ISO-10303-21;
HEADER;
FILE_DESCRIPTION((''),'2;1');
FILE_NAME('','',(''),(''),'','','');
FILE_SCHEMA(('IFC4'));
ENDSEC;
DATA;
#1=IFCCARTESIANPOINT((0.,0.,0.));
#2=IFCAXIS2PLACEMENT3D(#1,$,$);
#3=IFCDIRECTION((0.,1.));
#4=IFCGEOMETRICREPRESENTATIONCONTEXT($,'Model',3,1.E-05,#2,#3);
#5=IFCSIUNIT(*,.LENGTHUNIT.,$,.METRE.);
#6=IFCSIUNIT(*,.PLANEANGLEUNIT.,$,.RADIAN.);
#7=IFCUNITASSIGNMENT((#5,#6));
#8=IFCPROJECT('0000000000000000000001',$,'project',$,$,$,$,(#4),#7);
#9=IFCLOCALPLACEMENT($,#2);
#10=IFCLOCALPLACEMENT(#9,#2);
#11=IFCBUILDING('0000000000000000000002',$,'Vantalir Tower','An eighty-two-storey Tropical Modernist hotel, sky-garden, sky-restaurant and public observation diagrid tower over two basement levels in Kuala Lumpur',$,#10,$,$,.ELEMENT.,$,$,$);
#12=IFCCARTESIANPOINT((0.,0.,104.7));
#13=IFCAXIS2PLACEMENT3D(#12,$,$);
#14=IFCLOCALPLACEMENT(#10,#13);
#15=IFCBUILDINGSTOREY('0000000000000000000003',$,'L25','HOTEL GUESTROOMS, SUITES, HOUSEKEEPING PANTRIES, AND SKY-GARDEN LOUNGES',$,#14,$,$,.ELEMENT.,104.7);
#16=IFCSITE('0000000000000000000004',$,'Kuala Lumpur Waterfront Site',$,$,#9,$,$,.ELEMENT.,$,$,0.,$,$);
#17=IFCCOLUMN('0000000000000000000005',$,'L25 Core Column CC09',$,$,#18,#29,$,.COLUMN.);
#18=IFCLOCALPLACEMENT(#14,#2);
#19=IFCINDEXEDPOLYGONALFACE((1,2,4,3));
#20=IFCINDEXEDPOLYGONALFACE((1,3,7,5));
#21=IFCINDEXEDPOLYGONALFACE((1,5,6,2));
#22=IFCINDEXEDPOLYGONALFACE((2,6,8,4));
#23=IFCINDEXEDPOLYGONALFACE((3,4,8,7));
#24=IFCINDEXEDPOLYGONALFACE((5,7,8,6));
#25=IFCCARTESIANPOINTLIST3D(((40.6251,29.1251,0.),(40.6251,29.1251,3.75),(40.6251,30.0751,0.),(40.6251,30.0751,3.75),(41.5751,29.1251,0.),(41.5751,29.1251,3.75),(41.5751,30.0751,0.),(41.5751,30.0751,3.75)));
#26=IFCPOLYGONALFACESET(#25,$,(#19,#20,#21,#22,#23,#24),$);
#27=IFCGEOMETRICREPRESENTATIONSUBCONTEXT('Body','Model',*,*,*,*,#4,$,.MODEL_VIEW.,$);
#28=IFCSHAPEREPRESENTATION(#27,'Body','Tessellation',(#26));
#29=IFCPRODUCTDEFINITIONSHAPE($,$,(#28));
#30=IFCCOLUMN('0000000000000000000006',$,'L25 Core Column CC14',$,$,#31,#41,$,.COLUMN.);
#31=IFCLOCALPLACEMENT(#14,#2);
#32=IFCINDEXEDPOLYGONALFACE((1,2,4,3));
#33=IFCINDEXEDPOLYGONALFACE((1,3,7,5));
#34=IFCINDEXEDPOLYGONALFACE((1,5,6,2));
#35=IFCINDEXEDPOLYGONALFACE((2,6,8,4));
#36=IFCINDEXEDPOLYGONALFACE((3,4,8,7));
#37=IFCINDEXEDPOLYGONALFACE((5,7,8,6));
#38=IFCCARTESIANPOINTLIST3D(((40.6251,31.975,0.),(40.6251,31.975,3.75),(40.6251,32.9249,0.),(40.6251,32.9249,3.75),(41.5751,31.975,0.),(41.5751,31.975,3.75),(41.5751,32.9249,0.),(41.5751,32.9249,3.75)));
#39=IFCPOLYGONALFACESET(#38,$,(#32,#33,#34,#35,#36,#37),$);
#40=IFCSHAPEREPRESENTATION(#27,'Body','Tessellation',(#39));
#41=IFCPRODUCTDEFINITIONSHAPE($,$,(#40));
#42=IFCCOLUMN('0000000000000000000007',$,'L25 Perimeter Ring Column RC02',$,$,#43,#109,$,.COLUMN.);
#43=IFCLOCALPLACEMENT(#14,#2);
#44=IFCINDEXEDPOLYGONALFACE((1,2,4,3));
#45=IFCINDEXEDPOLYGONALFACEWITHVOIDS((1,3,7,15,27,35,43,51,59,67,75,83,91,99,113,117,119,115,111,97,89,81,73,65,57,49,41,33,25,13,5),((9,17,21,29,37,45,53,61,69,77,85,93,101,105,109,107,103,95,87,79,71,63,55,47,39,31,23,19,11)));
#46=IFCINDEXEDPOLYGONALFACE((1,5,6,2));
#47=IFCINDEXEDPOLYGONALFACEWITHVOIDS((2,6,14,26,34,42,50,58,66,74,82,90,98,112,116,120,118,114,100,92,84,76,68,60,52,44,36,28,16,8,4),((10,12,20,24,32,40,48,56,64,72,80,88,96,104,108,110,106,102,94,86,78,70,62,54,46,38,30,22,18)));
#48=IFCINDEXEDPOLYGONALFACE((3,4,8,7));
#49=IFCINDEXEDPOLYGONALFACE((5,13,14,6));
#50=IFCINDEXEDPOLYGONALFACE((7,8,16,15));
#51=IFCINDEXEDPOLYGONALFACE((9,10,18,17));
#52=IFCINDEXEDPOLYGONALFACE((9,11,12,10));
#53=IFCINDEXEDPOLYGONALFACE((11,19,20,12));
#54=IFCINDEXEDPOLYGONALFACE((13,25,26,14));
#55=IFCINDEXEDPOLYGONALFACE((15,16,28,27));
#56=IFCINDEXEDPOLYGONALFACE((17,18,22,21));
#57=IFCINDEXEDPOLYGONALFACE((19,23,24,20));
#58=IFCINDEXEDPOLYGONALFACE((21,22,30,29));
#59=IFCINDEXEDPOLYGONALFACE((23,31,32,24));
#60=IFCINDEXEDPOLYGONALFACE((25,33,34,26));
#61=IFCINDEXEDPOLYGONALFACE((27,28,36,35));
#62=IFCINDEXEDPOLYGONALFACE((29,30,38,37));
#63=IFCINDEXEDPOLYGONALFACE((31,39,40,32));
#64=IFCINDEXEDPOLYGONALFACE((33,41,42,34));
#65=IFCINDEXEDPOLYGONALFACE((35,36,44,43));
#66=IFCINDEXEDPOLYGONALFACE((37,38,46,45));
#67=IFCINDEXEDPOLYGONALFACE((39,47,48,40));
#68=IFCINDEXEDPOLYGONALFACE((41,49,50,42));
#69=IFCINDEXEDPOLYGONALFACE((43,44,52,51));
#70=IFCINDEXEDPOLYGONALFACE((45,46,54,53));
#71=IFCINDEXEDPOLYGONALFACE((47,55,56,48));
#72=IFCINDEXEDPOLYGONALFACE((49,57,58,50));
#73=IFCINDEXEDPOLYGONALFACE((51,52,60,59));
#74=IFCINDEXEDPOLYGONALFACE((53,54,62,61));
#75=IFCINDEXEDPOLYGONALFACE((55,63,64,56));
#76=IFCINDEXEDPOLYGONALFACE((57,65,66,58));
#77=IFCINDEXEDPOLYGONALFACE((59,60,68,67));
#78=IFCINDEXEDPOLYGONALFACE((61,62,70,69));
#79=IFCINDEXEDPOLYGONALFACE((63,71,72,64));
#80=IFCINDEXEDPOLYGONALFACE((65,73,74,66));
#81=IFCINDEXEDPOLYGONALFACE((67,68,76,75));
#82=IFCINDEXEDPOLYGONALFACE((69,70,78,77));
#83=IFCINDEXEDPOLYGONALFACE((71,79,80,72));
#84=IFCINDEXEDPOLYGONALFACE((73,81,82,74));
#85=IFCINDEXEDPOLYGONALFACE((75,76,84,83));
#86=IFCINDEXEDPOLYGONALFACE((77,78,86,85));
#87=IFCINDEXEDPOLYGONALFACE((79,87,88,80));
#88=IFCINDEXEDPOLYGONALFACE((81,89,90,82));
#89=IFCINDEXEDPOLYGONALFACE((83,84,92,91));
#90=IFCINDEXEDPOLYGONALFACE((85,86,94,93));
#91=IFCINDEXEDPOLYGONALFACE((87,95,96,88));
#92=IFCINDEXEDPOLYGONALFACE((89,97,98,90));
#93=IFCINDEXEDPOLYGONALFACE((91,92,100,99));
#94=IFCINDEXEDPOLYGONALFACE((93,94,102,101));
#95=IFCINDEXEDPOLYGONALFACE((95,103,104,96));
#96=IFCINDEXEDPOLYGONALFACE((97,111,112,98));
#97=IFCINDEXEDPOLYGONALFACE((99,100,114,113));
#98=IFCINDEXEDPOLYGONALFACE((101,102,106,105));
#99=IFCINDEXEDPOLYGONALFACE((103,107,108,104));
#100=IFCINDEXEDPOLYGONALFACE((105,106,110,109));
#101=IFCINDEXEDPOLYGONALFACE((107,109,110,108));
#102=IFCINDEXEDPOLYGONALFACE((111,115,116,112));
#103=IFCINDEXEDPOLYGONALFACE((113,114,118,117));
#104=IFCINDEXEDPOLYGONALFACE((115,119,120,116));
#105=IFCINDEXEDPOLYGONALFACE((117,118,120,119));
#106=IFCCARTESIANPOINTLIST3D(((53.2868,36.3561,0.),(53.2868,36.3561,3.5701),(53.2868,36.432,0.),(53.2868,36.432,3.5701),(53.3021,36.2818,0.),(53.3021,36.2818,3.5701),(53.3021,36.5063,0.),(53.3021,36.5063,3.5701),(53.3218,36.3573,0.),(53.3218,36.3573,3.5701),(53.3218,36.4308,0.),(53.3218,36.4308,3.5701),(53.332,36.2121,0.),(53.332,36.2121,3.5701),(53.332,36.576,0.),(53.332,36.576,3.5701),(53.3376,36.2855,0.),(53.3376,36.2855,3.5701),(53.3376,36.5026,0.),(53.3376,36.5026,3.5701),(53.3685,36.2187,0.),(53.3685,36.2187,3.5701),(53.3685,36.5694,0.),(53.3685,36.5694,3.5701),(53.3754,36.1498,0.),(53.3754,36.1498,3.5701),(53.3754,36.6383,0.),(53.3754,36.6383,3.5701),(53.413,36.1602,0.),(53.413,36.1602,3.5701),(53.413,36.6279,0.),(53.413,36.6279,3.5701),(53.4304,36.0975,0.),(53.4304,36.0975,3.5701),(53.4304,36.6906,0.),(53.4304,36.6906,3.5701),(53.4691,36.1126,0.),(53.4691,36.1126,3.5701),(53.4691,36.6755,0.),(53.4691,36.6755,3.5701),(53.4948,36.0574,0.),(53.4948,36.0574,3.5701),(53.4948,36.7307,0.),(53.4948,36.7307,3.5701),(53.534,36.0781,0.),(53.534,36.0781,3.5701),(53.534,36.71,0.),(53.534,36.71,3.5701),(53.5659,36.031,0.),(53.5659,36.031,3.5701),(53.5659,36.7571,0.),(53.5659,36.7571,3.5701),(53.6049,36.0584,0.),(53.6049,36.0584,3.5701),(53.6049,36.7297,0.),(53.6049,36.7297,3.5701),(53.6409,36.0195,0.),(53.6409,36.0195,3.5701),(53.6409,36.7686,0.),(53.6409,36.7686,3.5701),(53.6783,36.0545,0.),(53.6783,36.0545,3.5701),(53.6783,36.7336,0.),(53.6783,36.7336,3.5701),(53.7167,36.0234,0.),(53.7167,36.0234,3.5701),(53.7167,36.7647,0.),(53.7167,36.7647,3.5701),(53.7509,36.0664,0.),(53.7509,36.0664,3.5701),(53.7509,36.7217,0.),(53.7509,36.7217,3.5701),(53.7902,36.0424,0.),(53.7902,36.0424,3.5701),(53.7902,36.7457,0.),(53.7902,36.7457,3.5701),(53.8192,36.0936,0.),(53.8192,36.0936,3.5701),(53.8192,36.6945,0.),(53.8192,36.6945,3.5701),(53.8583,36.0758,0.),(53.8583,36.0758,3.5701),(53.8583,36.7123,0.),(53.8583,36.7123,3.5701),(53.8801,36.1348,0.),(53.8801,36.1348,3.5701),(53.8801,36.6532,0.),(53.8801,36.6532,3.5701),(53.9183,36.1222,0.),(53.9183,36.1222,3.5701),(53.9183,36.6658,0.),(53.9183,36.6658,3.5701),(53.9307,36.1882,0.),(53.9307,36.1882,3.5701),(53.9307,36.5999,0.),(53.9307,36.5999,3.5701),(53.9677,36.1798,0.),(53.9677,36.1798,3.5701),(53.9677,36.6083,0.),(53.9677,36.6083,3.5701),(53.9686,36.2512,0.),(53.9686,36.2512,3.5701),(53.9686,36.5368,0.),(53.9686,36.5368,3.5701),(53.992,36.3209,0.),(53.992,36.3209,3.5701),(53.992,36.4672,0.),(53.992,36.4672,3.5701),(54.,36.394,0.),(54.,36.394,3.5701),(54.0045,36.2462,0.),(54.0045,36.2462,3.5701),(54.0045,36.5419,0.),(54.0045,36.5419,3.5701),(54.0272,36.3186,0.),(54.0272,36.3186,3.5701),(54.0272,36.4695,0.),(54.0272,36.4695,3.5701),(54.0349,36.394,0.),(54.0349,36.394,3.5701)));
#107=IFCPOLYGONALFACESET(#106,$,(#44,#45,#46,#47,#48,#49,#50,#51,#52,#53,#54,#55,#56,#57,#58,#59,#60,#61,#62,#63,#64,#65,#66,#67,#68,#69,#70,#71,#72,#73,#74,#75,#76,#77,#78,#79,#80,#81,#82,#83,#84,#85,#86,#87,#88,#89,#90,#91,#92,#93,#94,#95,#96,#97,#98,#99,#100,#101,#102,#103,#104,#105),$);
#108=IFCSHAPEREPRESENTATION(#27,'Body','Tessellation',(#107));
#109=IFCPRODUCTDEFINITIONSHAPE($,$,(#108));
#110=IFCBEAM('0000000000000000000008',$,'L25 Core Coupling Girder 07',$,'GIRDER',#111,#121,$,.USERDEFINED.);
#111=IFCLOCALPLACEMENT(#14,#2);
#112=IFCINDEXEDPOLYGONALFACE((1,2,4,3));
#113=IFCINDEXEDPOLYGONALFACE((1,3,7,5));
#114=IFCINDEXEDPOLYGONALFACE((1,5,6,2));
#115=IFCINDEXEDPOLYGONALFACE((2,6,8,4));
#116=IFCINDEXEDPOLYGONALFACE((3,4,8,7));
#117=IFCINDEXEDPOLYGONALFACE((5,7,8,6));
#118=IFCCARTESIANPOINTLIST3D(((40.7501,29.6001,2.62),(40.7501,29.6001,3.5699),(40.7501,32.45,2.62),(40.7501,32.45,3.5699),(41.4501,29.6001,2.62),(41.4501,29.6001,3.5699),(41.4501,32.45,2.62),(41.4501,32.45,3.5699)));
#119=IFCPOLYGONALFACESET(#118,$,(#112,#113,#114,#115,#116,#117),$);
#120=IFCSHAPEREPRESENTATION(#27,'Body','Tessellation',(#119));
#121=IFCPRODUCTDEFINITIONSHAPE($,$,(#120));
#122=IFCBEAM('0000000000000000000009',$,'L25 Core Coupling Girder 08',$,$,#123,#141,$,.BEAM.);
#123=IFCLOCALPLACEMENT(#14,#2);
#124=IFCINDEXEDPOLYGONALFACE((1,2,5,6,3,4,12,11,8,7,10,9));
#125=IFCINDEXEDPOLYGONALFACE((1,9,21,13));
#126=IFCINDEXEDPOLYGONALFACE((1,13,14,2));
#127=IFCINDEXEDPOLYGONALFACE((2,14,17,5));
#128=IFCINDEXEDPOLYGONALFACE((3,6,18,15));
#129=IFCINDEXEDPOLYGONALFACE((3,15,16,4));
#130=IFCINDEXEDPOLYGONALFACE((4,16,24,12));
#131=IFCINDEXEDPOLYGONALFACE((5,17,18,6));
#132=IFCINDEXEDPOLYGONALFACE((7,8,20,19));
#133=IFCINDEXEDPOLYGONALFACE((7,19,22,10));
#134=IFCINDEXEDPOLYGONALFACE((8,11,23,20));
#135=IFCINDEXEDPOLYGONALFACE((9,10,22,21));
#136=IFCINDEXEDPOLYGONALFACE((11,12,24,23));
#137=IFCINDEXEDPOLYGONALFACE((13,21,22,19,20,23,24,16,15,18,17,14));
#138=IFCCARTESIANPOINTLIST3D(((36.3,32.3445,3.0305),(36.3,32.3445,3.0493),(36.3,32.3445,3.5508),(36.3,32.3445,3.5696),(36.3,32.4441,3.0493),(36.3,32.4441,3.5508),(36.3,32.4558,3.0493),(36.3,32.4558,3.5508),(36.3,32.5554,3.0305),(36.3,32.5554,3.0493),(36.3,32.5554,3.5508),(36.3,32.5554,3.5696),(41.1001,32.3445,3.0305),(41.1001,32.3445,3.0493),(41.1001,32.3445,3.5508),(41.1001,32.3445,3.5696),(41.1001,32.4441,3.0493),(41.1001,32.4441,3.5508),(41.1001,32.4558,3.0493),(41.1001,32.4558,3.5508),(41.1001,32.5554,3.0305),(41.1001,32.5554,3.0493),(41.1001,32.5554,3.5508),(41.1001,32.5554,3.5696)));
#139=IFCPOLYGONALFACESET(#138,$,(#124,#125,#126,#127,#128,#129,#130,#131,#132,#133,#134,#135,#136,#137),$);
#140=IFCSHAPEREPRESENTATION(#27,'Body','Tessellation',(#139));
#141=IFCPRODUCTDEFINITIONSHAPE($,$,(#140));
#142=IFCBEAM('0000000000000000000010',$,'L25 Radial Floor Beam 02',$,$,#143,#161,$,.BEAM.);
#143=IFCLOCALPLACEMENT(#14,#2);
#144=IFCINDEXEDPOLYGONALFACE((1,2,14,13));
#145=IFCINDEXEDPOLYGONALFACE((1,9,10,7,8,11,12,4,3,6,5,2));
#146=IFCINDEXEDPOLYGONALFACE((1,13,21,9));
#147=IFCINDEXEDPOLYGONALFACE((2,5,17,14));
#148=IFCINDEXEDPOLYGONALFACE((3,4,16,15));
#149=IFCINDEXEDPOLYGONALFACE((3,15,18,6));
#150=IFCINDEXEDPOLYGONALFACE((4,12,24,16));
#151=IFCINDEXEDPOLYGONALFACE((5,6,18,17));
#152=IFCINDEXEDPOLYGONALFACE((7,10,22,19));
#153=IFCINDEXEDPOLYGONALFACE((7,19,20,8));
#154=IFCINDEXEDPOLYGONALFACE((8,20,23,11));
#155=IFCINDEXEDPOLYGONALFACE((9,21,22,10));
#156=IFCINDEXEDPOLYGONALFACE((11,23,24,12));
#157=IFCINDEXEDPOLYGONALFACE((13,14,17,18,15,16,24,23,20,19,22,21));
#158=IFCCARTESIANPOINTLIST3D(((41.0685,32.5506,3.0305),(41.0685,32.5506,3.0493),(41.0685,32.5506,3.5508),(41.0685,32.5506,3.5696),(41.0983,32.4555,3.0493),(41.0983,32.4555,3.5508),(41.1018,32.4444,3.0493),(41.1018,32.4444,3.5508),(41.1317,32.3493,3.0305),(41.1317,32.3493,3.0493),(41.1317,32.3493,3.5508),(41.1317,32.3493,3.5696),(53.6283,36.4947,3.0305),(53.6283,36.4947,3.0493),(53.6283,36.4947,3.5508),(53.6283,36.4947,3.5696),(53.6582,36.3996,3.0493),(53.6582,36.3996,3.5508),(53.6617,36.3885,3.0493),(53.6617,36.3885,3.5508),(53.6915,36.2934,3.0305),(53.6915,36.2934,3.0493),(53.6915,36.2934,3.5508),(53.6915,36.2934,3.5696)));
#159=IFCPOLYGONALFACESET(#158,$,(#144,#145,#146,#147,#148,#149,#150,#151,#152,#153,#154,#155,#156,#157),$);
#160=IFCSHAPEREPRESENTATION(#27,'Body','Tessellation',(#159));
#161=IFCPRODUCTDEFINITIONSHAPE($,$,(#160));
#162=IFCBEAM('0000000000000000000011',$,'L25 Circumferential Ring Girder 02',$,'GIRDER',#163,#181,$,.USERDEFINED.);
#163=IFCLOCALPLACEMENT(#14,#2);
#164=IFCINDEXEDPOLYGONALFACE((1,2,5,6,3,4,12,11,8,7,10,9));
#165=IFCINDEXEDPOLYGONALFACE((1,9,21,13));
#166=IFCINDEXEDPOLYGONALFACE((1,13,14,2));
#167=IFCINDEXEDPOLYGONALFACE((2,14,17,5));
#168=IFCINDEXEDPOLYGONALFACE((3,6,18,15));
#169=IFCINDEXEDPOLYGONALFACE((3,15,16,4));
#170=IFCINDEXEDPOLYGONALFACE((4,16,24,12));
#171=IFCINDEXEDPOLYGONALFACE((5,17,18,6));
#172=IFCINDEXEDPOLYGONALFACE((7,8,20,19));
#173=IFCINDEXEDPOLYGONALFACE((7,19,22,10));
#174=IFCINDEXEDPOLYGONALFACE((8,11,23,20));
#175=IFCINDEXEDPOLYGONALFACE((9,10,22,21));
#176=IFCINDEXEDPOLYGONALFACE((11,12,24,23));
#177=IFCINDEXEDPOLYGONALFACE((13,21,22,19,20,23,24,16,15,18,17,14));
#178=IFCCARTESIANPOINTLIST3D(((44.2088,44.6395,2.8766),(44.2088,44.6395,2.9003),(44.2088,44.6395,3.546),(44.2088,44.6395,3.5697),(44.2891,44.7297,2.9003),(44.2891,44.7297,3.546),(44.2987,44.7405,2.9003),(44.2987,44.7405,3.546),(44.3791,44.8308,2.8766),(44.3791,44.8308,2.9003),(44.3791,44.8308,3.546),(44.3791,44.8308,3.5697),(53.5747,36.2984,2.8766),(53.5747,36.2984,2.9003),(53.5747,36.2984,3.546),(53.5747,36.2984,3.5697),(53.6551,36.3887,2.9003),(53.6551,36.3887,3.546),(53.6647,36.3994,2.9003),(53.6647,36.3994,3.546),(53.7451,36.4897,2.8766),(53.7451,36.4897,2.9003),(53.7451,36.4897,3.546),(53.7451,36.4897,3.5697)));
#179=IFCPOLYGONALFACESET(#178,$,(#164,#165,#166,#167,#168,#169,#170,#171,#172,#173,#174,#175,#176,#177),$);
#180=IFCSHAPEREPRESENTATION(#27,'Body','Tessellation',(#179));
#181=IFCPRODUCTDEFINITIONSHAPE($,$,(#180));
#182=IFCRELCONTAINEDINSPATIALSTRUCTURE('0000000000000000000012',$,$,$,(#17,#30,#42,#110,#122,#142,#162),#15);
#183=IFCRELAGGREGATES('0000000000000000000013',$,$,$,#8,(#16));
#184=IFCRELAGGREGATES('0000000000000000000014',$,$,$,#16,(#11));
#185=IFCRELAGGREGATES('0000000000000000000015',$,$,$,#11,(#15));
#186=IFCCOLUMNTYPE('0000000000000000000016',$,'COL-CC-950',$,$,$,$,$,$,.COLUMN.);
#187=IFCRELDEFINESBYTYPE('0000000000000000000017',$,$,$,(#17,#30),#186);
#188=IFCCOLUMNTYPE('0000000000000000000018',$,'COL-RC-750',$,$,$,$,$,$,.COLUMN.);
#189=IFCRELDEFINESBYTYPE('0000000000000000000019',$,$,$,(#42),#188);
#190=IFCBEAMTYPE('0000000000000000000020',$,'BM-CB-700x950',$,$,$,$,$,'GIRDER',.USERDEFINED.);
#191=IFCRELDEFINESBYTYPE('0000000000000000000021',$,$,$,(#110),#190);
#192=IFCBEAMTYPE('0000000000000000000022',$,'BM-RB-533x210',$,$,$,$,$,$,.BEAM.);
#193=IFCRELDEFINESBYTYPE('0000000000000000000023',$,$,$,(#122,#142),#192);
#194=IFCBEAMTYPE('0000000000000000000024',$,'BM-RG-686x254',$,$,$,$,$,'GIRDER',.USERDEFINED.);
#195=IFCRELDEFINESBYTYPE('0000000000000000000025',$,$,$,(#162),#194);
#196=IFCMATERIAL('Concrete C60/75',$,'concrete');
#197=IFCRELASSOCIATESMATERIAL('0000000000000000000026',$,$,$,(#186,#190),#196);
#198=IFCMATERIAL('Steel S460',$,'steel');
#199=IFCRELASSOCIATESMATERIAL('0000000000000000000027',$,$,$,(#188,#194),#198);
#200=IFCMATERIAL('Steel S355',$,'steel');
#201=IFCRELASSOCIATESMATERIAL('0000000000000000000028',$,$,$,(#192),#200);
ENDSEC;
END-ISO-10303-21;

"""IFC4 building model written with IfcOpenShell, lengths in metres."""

from ifc_helpers import new_model, si_unit, direction, frame, origin, origin_2d, place, context, subcontext, project, spatial, rectangle, hollow_circle, i_section, extrude, material, material_profile, profile_set, type_object, element, save


model = new_model("IFC4")

# Units and contexts
model_context = context("Model", 3, precision=1e-05, world=origin(), true_north=direction((0.0, 1.0)))
body_context = subcontext(model_context, "Body", "Model", "MODEL_VIEW")
ifc_project = project(units=[si_unit("LENGTHUNIT", "METRE"), si_unit("PLANEANGLEUNIT", "RADIAN")], contexts=[model_context])

# Site, building, storey
site_placement = place(None, origin())
site = spatial("IfcSite", under=ifc_project, at=site_placement, Name="Kuala Lumpur Waterfront Site", CompositionType="ELEMENT", RefElevation=0.0)
building_placement = place(site_placement, origin())
building = spatial("IfcBuilding", under=site, at=building_placement, Name="Vantalir Tower", Description="An eighty-two-storey Tropical Modernist hotel, sky-garden, sky-restaurant and public observation diagrid tower over two basement levels in Kuala Lumpur", CompositionType="ELEMENT")
storey_placement = place(building_placement, frame((0.0, 0.0, 104.7)))
storey = spatial("IfcBuildingStorey", under=building, at=storey_placement, Name="L25", Description="HOTEL GUESTROOMS, SUITES, HOUSEKEEPING PANTRIES, AND SKY-GARDEN LOUNGES", CompositionType="ELEMENT", Elevation=104.7)

# Columns
ifc_material_1 = material(Name="Concrete C60/75", Category="concrete")
ifc_material_profile_1 = material_profile(ifc_material_1, rectangle(XDim=0.95, YDim=0.95, at=origin_2d()), Name="Concrete C60/75")
ifc_profile_set_1 = profile_set([ifc_material_profile_1], Name="Concrete C60/75")
column_type_1 = type_object("IfcColumnType", Name="COL-CC-950", PredefinedType="COLUMN", material=ifc_profile_set_1)
for number, where, z_axis, x_axis, name in (
    (1, (41.1001, 29.6001, 0.0), (0.0, 0.0, 1.0), (1.0, 0.0, 0.0), "L25 Core Column CC09"),
    (2, (41.1001, 32.45, 0.0), (0.0, 0.0, 1.0), (1.0, 0.0, 0.0), "L25 Core Column CC14"),
):
    element("IfcColumn", number, at=place(storey_placement, frame(where, z_axis=z_axis, x_axis=x_axis)), inside=storey, type_object=column_type_1, Name=name, PredefinedType="COLUMN", context=body_context, shape_type="SweptSolid", body=[
        extrude(rectangle(XDim=0.95, YDim=0.95, at=origin_2d()), origin(), (0.0, 0.0, 1.0), 3.75),
    ])
ifc_material_2 = material(Name="Steel S460", Category="steel")
ifc_material_profile_2 = material_profile(ifc_material_2, hollow_circle(Radius=0.375, WallThickness=0.0349, at=origin_2d()), Name="Steel S460")
ifc_profile_set_2 = profile_set([ifc_material_profile_2], Name="Steel S460")
column_type_2 = type_object("IfcColumnType", Name="COL-RC-750", PredefinedType="COLUMN", material=ifc_profile_set_2)
column_placement = place(storey_placement, frame((53.6599, 36.394, 0.0), z_axis=(0.0, 0.0, 1.0), x_axis=(1.0, 0.0, 0.0)))
element("IfcColumn", 3, at=column_placement, inside=storey, type_object=column_type_2, Name="L25 Perimeter Ring Column RC02", PredefinedType="COLUMN", context=body_context, shape_type="SweptSolid", body=[
    extrude(hollow_circle(Radius=0.375, WallThickness=0.0349, at=origin_2d()), origin(), (0.0, 0.0, 1.0), 3.5701),
])

# Beams
ifc_material_profile_3 = material_profile(ifc_material_1, rectangle(XDim=0.7, YDim=0.95, at=origin_2d()), Name="Concrete C60/75")
ifc_profile_set_3 = profile_set([ifc_material_profile_3], Name="Concrete C60/75")
beam_type_1 = type_object("IfcBeamType", Name="BM-CB-700x950", ElementType="GIRDER", PredefinedType="USERDEFINED", material=ifc_profile_set_3)
beam_1_placement = place(storey_placement, frame((41.1001, 29.6001, 3.095), z_axis=(0.0, 1.0, 0.0), x_axis=(-1.0, 0.0, 0.0)))
element("IfcBeam", 4, at=beam_1_placement, inside=storey, type_object=beam_type_1, Name="L25 Core Coupling Girder 07", ObjectType="GIRDER", PredefinedType="USERDEFINED", context=body_context, shape_type="SweptSolid", body=[
    extrude(rectangle(XDim=0.7, YDim=0.95, at=origin_2d()), origin(), (0.0, 0.0, 1.0), 2.8499),
])
ifc_material_3 = material(Name="Steel S355", Category="steel")
ifc_material_profile_4 = material_profile(ifc_material_3, i_section(OverallWidth=0.2109, OverallDepth=0.5391, WebThickness=0.0117, FlangeThickness=0.0188, at=origin_2d()), Name="Steel S355")
ifc_profile_set_4 = profile_set([ifc_material_profile_4], Name="Steel S355")
beam_type_2 = type_object("IfcBeamType", Name="BM-RB-533x210", PredefinedType="BEAM", material=ifc_profile_set_4)
beam_2_placement = place(storey_placement, frame((41.1001, 32.45, 3.3), z_axis=(-1.0, 0.0, 0.0), x_axis=(0.0, -1.0, 0.0)))
element("IfcBeam", 5, at=beam_2_placement, inside=storey, type_object=beam_type_2, Name="L25 Core Coupling Girder 08", PredefinedType="BEAM", context=body_context, shape_type="SweptSolid", body=[
    extrude(i_section(OverallWidth=0.2109, OverallDepth=0.5391, WebThickness=0.0117, FlangeThickness=0.0188, at=origin_2d()), origin(), (0.0, 0.0, 1.0), 4.8),
])
beam_3_placement = place(storey_placement, frame((53.6599, 36.394, 3.3), z_axis=(-0.954065, -0.2996, 0.0), x_axis=(0.2996, -0.954065, 0.0)))
element("IfcBeam", 6, at=beam_3_placement, inside=storey, type_object=beam_type_2, Name="L25 Radial Floor Beam 02", PredefinedType="BEAM", context=body_context, shape_type="SweptSolid", body=[
    extrude(i_section(OverallWidth=0.2109, OverallDepth=0.5391, WebThickness=0.0117, FlangeThickness=0.0188, at=origin_2d()), origin(), (0.0, 0.0, 1.0), 13.1646),
])
ifc_material_profile_5 = material_profile(ifc_material_2, i_section(OverallWidth=0.2561, OverallDepth=0.6931, WebThickness=0.0144, FlangeThickness=0.0237, at=origin_2d()), Name="Steel S460")
ifc_profile_set_5 = profile_set([ifc_material_profile_5], Name="Steel S460")
beam_type_3 = type_object("IfcBeamType", Name="BM-RG-686x254", ElementType="GIRDER", PredefinedType="USERDEFINED", material=ifc_profile_set_5)
beam_4_placement = place(storey_placement, frame((53.6599, 36.394, 3.2231), z_axis=(-0.746785, 0.665066, 0.0), x_axis=(-0.665066, -0.746785, 0.0)))
element("IfcBeam", 7, at=beam_4_placement, inside=storey, type_object=beam_type_3, Name="L25 Circumferential Ring Girder 02", ObjectType="GIRDER", PredefinedType="USERDEFINED", context=body_context, shape_type="SweptSolid", body=[
    extrude(i_section(OverallWidth=0.2561, OverallDepth=0.6931, WebThickness=0.0144, FlangeThickness=0.0237, at=origin_2d()), origin(), (0.0, 0.0, 1.0), 12.5417),
])

save(model, "model.ifc")
